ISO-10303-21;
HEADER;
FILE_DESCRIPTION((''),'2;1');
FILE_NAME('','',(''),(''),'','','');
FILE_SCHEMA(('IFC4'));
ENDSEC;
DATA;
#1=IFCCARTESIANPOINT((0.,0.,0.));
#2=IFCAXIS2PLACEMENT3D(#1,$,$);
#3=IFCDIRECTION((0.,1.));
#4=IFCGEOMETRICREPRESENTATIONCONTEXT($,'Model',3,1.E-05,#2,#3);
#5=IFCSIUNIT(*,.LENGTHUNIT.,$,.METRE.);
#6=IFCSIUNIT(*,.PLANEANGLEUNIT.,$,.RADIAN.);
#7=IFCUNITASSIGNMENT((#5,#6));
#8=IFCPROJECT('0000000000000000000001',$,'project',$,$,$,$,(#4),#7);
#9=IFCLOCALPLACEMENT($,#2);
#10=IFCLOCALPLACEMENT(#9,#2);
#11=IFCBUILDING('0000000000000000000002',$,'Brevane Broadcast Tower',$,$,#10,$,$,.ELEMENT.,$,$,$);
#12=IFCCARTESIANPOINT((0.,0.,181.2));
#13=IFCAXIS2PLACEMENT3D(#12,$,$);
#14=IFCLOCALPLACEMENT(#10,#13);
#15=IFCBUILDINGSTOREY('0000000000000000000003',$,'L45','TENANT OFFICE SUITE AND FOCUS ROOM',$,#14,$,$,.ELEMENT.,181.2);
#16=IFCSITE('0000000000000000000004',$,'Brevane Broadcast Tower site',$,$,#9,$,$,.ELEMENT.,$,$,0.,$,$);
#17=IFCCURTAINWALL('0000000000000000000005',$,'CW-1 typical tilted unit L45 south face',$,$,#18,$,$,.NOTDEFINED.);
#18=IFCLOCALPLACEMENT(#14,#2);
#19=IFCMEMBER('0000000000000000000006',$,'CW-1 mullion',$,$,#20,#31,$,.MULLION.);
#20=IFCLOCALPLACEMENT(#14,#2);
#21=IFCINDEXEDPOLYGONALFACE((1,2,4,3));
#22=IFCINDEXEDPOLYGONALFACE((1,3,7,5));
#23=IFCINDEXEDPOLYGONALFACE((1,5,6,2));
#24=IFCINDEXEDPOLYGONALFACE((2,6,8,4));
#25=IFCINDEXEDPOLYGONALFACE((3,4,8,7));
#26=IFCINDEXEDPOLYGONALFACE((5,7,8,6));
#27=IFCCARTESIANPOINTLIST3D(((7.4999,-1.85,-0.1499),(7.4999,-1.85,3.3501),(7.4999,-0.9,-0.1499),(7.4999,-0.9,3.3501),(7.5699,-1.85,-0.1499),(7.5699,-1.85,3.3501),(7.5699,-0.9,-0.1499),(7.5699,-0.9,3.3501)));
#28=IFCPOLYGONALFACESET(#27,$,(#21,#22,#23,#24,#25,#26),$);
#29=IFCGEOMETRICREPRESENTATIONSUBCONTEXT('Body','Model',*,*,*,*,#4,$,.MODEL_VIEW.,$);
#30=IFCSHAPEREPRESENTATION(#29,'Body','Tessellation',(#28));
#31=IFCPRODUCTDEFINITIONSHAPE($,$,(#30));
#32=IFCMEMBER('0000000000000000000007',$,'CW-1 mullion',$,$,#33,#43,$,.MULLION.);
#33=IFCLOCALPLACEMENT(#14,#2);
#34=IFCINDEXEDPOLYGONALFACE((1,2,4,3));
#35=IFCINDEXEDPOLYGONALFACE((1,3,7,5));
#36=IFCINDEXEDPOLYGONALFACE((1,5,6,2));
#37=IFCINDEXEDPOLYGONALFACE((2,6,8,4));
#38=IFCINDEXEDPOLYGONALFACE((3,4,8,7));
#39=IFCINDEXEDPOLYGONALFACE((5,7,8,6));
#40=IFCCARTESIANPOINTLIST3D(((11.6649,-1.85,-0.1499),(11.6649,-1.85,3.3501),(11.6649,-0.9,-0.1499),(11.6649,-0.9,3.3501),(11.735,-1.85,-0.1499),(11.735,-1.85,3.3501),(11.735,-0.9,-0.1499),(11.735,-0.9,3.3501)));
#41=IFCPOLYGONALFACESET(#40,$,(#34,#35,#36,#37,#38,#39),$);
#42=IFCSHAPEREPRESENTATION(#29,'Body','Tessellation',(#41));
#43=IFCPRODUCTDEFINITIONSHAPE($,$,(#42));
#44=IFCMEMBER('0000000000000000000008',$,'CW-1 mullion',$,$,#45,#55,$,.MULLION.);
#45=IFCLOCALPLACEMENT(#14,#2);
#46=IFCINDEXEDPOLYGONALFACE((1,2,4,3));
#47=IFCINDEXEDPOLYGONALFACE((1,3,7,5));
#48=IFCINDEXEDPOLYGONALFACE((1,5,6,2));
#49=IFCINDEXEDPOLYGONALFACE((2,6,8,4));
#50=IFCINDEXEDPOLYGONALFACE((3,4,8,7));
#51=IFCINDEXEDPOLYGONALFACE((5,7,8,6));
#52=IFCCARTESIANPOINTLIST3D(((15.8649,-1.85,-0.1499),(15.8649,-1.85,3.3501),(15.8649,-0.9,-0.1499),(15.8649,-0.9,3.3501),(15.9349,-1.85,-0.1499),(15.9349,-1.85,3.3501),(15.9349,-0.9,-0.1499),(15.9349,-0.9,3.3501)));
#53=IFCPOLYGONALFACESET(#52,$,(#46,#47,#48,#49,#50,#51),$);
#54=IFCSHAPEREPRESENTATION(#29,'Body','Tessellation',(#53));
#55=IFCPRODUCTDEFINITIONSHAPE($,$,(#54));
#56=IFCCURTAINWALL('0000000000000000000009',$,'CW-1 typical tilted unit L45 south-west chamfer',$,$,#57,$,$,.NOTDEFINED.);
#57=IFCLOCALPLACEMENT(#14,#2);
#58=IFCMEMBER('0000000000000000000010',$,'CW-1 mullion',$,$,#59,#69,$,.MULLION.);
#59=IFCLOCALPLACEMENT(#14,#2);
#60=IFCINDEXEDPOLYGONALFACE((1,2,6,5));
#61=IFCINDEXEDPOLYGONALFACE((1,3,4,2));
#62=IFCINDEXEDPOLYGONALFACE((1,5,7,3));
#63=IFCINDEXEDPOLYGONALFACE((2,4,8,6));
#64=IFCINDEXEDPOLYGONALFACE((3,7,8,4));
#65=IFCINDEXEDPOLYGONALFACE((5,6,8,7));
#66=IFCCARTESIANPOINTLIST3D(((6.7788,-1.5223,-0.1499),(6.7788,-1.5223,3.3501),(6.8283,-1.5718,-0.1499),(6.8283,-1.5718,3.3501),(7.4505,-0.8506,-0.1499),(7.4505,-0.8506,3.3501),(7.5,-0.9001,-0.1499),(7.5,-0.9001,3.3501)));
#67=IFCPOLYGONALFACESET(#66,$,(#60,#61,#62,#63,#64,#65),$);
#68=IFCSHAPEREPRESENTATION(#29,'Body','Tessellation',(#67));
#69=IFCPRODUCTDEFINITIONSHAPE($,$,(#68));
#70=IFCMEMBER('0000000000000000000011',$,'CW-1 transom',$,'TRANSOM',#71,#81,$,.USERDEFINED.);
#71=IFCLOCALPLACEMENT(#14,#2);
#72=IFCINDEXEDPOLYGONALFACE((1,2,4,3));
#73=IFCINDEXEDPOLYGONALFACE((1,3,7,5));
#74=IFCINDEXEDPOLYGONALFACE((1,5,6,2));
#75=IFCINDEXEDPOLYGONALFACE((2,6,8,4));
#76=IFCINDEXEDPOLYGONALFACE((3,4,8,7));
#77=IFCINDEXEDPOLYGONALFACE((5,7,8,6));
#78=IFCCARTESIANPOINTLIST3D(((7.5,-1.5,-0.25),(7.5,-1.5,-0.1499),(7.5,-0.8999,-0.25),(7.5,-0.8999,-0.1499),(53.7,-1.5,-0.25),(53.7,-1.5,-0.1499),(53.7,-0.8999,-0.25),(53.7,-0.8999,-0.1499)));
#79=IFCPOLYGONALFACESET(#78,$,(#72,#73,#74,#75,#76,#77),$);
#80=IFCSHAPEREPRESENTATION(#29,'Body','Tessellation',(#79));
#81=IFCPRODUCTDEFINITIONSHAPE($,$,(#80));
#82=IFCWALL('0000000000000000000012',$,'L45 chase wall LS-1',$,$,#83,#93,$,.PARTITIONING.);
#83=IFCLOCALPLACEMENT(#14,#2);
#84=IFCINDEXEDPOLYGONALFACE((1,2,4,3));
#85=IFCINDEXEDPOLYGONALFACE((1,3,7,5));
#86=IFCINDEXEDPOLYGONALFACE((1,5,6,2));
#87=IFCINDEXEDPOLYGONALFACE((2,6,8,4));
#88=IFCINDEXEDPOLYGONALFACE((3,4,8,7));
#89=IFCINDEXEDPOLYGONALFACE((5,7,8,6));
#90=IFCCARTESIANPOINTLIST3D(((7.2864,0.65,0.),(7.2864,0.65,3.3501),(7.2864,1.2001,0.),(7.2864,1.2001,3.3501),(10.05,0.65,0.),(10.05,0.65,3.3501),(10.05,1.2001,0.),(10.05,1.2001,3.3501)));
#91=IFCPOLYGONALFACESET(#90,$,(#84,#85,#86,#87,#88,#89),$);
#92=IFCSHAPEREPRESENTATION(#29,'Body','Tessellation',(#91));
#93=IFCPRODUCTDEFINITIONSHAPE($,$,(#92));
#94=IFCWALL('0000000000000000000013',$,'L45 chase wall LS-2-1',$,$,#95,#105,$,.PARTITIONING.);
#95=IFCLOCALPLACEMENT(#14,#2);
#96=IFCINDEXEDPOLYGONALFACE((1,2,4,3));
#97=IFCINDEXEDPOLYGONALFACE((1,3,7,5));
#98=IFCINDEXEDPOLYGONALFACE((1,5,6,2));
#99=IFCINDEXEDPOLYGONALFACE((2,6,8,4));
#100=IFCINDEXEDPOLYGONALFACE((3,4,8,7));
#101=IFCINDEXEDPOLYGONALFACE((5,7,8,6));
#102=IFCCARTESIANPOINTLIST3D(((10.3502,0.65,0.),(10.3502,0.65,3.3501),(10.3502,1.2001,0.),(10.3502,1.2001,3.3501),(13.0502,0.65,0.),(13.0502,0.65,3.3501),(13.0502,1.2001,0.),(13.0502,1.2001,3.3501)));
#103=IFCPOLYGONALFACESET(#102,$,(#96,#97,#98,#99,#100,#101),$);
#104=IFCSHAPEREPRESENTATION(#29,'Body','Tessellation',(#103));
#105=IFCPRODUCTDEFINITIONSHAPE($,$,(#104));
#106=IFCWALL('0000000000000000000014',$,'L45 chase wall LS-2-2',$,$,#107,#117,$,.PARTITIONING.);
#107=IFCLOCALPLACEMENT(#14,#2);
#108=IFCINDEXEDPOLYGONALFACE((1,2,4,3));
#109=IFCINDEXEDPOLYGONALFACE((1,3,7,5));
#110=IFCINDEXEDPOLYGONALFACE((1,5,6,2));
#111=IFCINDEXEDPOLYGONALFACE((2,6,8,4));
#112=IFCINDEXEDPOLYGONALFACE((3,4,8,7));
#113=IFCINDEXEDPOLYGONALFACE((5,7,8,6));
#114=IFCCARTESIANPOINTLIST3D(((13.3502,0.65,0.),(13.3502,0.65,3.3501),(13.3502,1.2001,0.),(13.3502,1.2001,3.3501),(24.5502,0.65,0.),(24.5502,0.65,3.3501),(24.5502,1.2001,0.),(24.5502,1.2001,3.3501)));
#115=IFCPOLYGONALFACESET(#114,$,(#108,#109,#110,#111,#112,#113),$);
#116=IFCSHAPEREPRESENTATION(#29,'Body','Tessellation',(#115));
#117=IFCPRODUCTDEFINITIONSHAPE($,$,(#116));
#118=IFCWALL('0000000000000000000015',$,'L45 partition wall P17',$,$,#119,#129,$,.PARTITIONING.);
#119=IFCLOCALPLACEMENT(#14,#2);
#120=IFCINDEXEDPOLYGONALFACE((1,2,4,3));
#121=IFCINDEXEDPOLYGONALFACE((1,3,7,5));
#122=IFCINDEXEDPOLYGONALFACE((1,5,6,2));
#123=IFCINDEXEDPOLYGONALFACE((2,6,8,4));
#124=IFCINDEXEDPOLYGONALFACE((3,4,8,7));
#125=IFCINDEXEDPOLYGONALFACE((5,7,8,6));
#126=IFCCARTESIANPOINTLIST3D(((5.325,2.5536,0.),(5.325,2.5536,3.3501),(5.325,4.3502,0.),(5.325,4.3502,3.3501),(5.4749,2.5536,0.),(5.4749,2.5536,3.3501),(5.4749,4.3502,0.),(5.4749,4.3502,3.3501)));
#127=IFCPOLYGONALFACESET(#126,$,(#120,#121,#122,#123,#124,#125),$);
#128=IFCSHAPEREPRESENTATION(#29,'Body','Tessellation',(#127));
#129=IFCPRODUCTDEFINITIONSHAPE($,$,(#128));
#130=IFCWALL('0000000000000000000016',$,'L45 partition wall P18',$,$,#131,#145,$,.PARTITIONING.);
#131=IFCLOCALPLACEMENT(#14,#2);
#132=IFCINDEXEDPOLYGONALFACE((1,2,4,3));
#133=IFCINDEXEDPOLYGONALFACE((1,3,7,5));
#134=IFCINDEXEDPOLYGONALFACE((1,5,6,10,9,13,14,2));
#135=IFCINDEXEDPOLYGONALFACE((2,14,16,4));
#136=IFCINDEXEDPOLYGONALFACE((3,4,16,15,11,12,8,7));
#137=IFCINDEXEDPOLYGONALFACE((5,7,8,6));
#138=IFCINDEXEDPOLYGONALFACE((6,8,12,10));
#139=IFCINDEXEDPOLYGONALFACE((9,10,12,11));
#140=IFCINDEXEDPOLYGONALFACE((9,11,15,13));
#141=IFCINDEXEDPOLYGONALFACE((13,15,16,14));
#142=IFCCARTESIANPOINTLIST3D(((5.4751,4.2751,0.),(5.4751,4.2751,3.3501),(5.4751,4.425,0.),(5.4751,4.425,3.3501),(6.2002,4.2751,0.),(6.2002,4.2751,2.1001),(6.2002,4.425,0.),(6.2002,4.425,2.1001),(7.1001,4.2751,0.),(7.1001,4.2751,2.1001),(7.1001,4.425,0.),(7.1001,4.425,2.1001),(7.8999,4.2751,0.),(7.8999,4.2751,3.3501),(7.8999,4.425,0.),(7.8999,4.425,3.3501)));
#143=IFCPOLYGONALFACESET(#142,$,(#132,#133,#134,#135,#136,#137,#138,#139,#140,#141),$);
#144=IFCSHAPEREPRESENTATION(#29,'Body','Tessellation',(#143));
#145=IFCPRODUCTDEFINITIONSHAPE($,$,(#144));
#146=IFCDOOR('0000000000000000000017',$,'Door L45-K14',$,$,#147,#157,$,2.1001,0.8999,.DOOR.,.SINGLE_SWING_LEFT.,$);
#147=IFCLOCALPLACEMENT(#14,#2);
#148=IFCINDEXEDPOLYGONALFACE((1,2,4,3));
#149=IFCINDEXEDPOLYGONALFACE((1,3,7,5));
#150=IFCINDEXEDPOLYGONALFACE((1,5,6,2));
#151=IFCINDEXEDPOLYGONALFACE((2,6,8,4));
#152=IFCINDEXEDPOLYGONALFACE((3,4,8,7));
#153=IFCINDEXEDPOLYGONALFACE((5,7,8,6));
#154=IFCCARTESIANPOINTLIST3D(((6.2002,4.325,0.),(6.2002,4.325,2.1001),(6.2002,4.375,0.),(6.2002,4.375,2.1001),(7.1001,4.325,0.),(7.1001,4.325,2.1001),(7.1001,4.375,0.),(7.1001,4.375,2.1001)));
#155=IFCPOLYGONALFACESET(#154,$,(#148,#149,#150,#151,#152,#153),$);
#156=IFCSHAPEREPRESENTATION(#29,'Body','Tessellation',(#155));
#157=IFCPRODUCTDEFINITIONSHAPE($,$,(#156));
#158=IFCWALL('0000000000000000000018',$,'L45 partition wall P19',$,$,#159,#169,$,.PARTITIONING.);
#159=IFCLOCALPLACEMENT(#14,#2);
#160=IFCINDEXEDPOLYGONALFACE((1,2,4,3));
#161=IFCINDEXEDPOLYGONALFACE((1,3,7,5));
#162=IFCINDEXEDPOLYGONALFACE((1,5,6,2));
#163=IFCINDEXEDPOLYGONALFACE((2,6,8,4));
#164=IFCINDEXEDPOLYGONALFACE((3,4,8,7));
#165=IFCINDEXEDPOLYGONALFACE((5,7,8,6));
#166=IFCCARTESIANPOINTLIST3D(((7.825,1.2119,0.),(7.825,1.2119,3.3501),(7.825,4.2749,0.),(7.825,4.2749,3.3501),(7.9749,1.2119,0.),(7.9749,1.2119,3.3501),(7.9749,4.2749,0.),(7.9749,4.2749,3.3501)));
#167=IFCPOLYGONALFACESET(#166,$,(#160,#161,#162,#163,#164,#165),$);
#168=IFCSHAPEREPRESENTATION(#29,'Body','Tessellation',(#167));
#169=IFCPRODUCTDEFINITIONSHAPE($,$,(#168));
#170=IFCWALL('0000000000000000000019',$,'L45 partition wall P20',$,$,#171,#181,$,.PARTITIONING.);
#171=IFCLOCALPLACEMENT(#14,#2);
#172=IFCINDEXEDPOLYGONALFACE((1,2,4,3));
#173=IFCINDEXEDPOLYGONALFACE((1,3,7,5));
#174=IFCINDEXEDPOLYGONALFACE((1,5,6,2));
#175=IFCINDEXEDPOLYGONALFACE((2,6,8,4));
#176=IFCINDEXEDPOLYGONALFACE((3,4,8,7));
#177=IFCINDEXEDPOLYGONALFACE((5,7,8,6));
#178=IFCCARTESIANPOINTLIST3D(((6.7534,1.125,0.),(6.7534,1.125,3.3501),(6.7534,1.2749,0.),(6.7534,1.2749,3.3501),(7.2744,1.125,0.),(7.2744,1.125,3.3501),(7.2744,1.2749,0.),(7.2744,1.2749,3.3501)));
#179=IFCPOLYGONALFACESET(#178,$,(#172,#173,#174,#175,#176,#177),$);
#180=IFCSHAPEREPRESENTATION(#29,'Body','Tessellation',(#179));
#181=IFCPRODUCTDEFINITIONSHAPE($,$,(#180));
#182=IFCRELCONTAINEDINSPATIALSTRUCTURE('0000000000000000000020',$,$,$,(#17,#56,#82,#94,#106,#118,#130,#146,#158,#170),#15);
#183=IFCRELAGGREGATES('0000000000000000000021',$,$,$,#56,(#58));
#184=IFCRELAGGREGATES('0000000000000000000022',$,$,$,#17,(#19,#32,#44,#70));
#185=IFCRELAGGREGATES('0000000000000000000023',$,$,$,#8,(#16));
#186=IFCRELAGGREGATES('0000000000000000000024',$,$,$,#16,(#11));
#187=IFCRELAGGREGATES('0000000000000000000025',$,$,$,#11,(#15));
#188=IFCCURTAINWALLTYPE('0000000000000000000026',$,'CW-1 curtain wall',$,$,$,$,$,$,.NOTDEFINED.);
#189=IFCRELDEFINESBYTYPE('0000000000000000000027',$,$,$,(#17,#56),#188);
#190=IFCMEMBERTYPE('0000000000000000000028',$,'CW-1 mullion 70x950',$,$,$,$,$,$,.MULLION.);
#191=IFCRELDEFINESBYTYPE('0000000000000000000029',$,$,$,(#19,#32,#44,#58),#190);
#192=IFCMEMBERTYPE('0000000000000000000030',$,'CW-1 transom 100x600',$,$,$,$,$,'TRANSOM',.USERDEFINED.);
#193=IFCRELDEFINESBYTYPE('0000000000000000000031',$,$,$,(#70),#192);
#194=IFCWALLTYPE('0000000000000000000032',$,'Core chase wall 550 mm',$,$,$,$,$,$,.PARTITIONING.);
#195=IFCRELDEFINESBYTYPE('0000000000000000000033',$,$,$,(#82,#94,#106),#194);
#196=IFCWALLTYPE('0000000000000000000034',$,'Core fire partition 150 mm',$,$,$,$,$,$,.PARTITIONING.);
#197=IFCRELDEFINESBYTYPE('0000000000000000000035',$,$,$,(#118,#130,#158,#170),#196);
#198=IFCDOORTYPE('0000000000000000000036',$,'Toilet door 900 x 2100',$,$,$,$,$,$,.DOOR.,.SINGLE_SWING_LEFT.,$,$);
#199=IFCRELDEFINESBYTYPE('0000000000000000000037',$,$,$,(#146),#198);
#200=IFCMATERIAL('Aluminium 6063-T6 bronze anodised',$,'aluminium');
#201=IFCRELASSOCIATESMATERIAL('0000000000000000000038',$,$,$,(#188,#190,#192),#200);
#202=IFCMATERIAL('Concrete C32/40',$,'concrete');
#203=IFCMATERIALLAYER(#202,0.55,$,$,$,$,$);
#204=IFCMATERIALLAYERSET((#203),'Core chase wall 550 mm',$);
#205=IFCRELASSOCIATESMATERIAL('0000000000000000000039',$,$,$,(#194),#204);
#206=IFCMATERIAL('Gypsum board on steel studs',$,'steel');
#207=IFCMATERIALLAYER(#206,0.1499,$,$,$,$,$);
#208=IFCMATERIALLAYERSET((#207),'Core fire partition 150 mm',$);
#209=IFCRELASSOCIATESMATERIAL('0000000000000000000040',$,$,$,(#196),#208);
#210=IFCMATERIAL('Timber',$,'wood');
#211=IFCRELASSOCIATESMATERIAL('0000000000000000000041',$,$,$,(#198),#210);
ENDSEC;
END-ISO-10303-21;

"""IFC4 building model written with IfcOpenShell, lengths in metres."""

from ifc_helpers import new_model, si_unit, direction, frame, frame_2d, origin, origin_2d, place, context, subcontext, project, spatial, rectangle, extrude, material, layer, layer_set, material_profile, profile_set, type_object, element, fill, aggregate, save


model = new_model("IFC4")

# Units and contexts
model_context = context("Model", 3, precision=1e-05, world=origin(), true_north=direction((0.0, 1.0)))
body_context = subcontext(model_context, "Body", "Model", "MODEL_VIEW")
ifc_project = project(units=[si_unit("LENGTHUNIT", "METRE"), si_unit("PLANEANGLEUNIT", "RADIAN")], contexts=[model_context])

# Site, building, storey
site_placement = place(None, origin())
site = spatial("IfcSite", under=ifc_project, at=site_placement, Name="Brevane Broadcast Tower site", CompositionType="ELEMENT", RefElevation=0.0)
building_placement = place(site_placement, origin())
building = spatial("IfcBuilding", under=site, at=building_placement, Name="Brevane Broadcast Tower", CompositionType="ELEMENT")
storey_placement = place(building_placement, frame((0.0, 0.0, 181.2)))
storey = spatial("IfcBuildingStorey", under=building, at=storey_placement, Name="L45", Description="TENANT OFFICE SUITE AND FOCUS ROOM", CompositionType="ELEMENT", Elevation=181.2)

# Curtain wall, members
ifc_material_1 = material(Name="Aluminium 6063-T6 bronze anodised", Category="aluminium")
curtain_wall_type = type_object("IfcCurtainWallType", Name="CW-1 curtain wall", PredefinedType="NOTDEFINED", material=ifc_material_1)
curtain_wall_1_placement = place(storey_placement, origin())
curtain_wall_1 = element("IfcCurtainWall", 1, at=curtain_wall_1_placement, inside=storey, type_object=curtain_wall_type, Name="CW-1 typical tilted unit L45 south face", PredefinedType="NOTDEFINED")
ifc_material_profile_1 = material_profile(ifc_material_1, rectangle(XDim=0.95, YDim=0.0701, at=origin_2d()), Name="RECT 70x950")
ifc_profile_set_1 = profile_set([ifc_material_profile_1], Name="Aluminium 6063-T6 bronze anodised")
member_type_1 = type_object("IfcMemberType", Name="CW-1 mullion 70x950", PredefinedType="MULLION", material=ifc_profile_set_1)
member_1_placement = place(storey_placement, frame((7.5349, -1.375, -0.1499), z_axis=(0.0, 0.0, 1.0), x_axis=(0.0, 1.0, 0.0)))
member_1 = element("IfcMember", 2, at=member_1_placement, type_object=member_type_1, Name="CW-1 mullion", PredefinedType="MULLION", context=body_context, shape_type="SweptSolid", body=[
    extrude(rectangle(XDim=0.95, YDim=0.0701, at=origin_2d()), origin(), (0.0, 0.0, 1.0), 3.5),
])
member_2_placement = place(storey_placement, frame((11.7, -1.375, -0.1499), z_axis=(0.0, 0.0, 1.0), x_axis=(0.0, 1.0, 0.0)))
member_2 = element("IfcMember", 3, at=member_2_placement, type_object=member_type_1, Name="CW-1 mullion", PredefinedType="MULLION", context=body_context, shape_type="SweptSolid", body=[
    extrude(rectangle(XDim=0.95, YDim=0.0701, at=origin_2d()), origin(), (0.0, 0.0, 1.0), 3.5),
])
member_3_placement = place(storey_placement, frame((15.8999, -1.375, -0.1499), z_axis=(0.0, 0.0, 1.0), x_axis=(0.0, 1.0, 0.0)))
member_3 = element("IfcMember", 4, at=member_3_placement, type_object=member_type_1, Name="CW-1 mullion", PredefinedType="MULLION", context=body_context, shape_type="SweptSolid", body=[
    extrude(rectangle(XDim=0.95, YDim=0.0701, at=origin_2d()), origin(), (0.0, 0.0, 1.0), 3.5),
])

# Curtain wall, member
curtain_wall_2_placement = place(storey_placement, origin())
curtain_wall_2 = element("IfcCurtainWall", 5, at=curtain_wall_2_placement, inside=storey, type_object=curtain_wall_type, Name="CW-1 typical tilted unit L45 south-west chamfer", PredefinedType="NOTDEFINED")
member_4_placement = place(storey_placement, frame((7.1394, -1.2112, -0.1499), z_axis=(0.0, 0.0, 1.0), x_axis=(0.707107, 0.707107, 0.0)))
member_4 = element("IfcMember", 6, at=member_4_placement, type_object=member_type_1, Name="CW-1 mullion", PredefinedType="MULLION", context=body_context, shape_type="SweptSolid", body=[
    extrude(rectangle(XDim=0.95, YDim=0.0701, at=origin_2d()), origin(), (0.0, 0.0, 1.0), 3.5),
])
aggregate(curtain_wall_2, [member_4])

# Member
ifc_material_profile_2 = material_profile(ifc_material_1, rectangle(XDim=0.6001, YDim=0.1001, at=origin_2d()), Name="RECT 100x600")
ifc_profile_set_2 = profile_set([ifc_material_profile_2], Name="Aluminium 6063-T6 bronze anodised")
member_type_2 = type_object("IfcMemberType", Name="CW-1 transom 100x600", ElementType="TRANSOM", PredefinedType="USERDEFINED", material=ifc_profile_set_2)
member_5_placement = place(storey_placement, frame((7.5, -1.2, -0.2), z_axis=(1.0, 0.0, 0.0), x_axis=(0.0, 1.0, 0.0)))
member_5 = element("IfcMember", 7, at=member_5_placement, type_object=member_type_2, Name="CW-1 transom", ObjectType="TRANSOM", PredefinedType="USERDEFINED", context=body_context, shape_type="SweptSolid", body=[
    extrude(rectangle(XDim=0.6001, YDim=0.1001, at=origin_2d()), origin(), (0.0, 0.0, 1.0), 46.2),
])
aggregate(curtain_wall_1, [member_1, member_2, member_3, member_5])

# Walls
ifc_material_2 = material(Name="Concrete C32/40", Category="concrete")
ifc_layer_1 = layer(ifc_material_2, 0.55)
ifc_layer_set_1 = layer_set([ifc_layer_1], Name="Core chase wall 550 mm")
wall_type_1 = type_object("IfcWallType", Name="Core chase wall 550 mm", PredefinedType="PARTITIONING", material=ifc_layer_set_1)
wall_1_placement = place(storey_placement, frame((7.2864, 0.925, 0.0), z_axis=(0.0, 0.0, 1.0), x_axis=(1.0, 0.0, 0.0)))
element("IfcWall", 8, at=wall_1_placement, inside=storey, type_object=wall_type_1, Name="L45 chase wall LS-1", PredefinedType="PARTITIONING", context=body_context, shape_type="SweptSolid", body=[
    extrude(rectangle(XDim=2.7637, YDim=0.55, at=frame_2d((1.3818, 0.0))), origin(), (0.0, 0.0, 1.0), 3.3501),
])
wall_2_placement = place(storey_placement, frame((10.3501, 0.925, 0.0), z_axis=(0.0, 0.0, 1.0), x_axis=(1.0, 0.0, 0.0)))
element("IfcWall", 9, at=wall_2_placement, inside=storey, type_object=wall_type_1, Name="L45 chase wall LS-2-1", PredefinedType="PARTITIONING", context=body_context, shape_type="SweptSolid", body=[
    extrude(rectangle(XDim=2.7, YDim=0.55, at=frame_2d((1.3501, 0.0))), origin(), (0.0, 0.0, 1.0), 3.3501),
])
wall_3_placement = place(storey_placement, frame((13.3501, 0.925, 0.0), z_axis=(0.0, 0.0, 1.0), x_axis=(1.0, 0.0, 0.0)))
element("IfcWall", 10, at=wall_3_placement, inside=storey, type_object=wall_type_1, Name="L45 chase wall LS-2-2", PredefinedType="PARTITIONING", context=body_context, shape_type="SweptSolid", body=[
    extrude(rectangle(XDim=11.2, YDim=0.55, at=frame_2d((5.6001, 0.0))), origin(), (0.0, 0.0, 1.0), 3.3501),
])
ifc_material_3 = material(Name="Gypsum board on steel studs", Category="steel")
ifc_layer_2 = layer(ifc_material_3, 0.1499)
ifc_layer_set_2 = layer_set([ifc_layer_2], Name="Core fire partition 150 mm")
wall_type_2 = type_object("IfcWallType", Name="Core fire partition 150 mm", PredefinedType="PARTITIONING", material=ifc_layer_set_2)
wall_4_placement = place(storey_placement, frame((5.3999, 2.5535, 0.0), z_axis=(0.0, 0.0, 1.0), x_axis=(0.0, 1.0, 0.0)))
element("IfcWall", 11, at=wall_4_placement, inside=storey, type_object=wall_type_2, Name="L45 partition wall P17", PredefinedType="PARTITIONING", context=body_context, shape_type="SweptSolid", body=[
    extrude(rectangle(XDim=1.7966, YDim=0.1499, at=frame_2d((0.8984, 0.0))), origin(), (0.0, 0.0, 1.0), 3.3501),
])

# Wall, opening, door
wall_5_placement = place(storey_placement, frame((5.4751, 4.3501, 0.0), z_axis=(0.0, 0.0, 1.0), x_axis=(1.0, 0.0, 0.0)))
wall_5 = element("IfcWall", 12, at=wall_5_placement, inside=storey, type_object=wall_type_2, Name="L45 partition wall P18", PredefinedType="PARTITIONING", context=body_context, shape_type="SweptSolid", body=[
    extrude(rectangle(XDim=2.4248, YDim=0.1499, at=frame_2d((1.2124, 0.0))), origin(), (0.0, 0.0, 1.0), 3.3501),
])
opening_1_placement = place(wall_5_placement, frame((0.7251, 0.0, 0.0)))
opening_1 = element("IfcOpeningElement", 13, at=opening_1_placement, cuts=wall_5, PredefinedType="OPENING", context=body_context, shape_type="SweptSolid", body=[
    extrude(rectangle(XDim=0.8999, YDim=2.1001, at=frame_2d((0.45, 1.05))), frame((0.0, 0.085, 0.0), z_axis=(0.0, -1.0, 0.0), x_axis=(1.0, 0.0, 0.0)), (0.0, 0.0, 1.0), 0.1699),
])
ifc_material_4 = material(Name="Timber", Category="wood")
door_type_1 = type_object("IfcDoorType", Name="Toilet door 900 x 2100", OperationType="SINGLE_SWING_LEFT", PredefinedType="DOOR", material=ifc_material_4)
door_1_placement = place(opening_1_placement, origin())
door_1 = element("IfcDoor", 14, at=door_1_placement, inside=storey, type_object=door_type_1, Name="Door L45-K14", OperationType="SINGLE_SWING_LEFT", OverallHeight=2.1001, OverallWidth=0.8999, PredefinedType="DOOR", context=body_context, shape_type="SweptSolid", body=[
    extrude(rectangle(XDim=0.8999, YDim=2.1001, at=frame_2d((0.45, 1.05))), frame((0.0, 0.0249, 0.0), z_axis=(0.0, -1.0, 0.0), x_axis=(1.0, 0.0, 0.0)), (0.0, 0.0, 1.0), 0.05),
])
fill(opening_1, door_1)

# Walls
wall_6_placement = place(storey_placement, frame((7.8999, 4.2749, 0.0), z_axis=(0.0, 0.0, 1.0), x_axis=(0.0, -1.0, 0.0)))
element("IfcWall", 15, at=wall_6_placement, inside=storey, type_object=wall_type_2, Name="L45 partition wall P19", PredefinedType="PARTITIONING", context=body_context, shape_type="SweptSolid", body=[
    extrude(rectangle(XDim=3.063, YDim=0.1499, at=frame_2d((1.5315, 0.0))), origin(), (0.0, 0.0, 1.0), 3.3501),
])
wall_7_placement = place(storey_placement, frame((7.2744, 1.2, 0.0), z_axis=(0.0, 0.0, 1.0), x_axis=(-1.0, 0.0, 0.0)))
element("IfcWall", 16, at=wall_7_placement, inside=storey, type_object=wall_type_2, Name="L45 partition wall P20", PredefinedType="PARTITIONING", context=body_context, shape_type="SweptSolid", body=[
    extrude(rectangle(XDim=0.521, YDim=0.1499, at=frame_2d((0.2605, 0.0))), origin(), (0.0, 0.0, 1.0), 3.3501),
])

save(model, "model.ifc")
